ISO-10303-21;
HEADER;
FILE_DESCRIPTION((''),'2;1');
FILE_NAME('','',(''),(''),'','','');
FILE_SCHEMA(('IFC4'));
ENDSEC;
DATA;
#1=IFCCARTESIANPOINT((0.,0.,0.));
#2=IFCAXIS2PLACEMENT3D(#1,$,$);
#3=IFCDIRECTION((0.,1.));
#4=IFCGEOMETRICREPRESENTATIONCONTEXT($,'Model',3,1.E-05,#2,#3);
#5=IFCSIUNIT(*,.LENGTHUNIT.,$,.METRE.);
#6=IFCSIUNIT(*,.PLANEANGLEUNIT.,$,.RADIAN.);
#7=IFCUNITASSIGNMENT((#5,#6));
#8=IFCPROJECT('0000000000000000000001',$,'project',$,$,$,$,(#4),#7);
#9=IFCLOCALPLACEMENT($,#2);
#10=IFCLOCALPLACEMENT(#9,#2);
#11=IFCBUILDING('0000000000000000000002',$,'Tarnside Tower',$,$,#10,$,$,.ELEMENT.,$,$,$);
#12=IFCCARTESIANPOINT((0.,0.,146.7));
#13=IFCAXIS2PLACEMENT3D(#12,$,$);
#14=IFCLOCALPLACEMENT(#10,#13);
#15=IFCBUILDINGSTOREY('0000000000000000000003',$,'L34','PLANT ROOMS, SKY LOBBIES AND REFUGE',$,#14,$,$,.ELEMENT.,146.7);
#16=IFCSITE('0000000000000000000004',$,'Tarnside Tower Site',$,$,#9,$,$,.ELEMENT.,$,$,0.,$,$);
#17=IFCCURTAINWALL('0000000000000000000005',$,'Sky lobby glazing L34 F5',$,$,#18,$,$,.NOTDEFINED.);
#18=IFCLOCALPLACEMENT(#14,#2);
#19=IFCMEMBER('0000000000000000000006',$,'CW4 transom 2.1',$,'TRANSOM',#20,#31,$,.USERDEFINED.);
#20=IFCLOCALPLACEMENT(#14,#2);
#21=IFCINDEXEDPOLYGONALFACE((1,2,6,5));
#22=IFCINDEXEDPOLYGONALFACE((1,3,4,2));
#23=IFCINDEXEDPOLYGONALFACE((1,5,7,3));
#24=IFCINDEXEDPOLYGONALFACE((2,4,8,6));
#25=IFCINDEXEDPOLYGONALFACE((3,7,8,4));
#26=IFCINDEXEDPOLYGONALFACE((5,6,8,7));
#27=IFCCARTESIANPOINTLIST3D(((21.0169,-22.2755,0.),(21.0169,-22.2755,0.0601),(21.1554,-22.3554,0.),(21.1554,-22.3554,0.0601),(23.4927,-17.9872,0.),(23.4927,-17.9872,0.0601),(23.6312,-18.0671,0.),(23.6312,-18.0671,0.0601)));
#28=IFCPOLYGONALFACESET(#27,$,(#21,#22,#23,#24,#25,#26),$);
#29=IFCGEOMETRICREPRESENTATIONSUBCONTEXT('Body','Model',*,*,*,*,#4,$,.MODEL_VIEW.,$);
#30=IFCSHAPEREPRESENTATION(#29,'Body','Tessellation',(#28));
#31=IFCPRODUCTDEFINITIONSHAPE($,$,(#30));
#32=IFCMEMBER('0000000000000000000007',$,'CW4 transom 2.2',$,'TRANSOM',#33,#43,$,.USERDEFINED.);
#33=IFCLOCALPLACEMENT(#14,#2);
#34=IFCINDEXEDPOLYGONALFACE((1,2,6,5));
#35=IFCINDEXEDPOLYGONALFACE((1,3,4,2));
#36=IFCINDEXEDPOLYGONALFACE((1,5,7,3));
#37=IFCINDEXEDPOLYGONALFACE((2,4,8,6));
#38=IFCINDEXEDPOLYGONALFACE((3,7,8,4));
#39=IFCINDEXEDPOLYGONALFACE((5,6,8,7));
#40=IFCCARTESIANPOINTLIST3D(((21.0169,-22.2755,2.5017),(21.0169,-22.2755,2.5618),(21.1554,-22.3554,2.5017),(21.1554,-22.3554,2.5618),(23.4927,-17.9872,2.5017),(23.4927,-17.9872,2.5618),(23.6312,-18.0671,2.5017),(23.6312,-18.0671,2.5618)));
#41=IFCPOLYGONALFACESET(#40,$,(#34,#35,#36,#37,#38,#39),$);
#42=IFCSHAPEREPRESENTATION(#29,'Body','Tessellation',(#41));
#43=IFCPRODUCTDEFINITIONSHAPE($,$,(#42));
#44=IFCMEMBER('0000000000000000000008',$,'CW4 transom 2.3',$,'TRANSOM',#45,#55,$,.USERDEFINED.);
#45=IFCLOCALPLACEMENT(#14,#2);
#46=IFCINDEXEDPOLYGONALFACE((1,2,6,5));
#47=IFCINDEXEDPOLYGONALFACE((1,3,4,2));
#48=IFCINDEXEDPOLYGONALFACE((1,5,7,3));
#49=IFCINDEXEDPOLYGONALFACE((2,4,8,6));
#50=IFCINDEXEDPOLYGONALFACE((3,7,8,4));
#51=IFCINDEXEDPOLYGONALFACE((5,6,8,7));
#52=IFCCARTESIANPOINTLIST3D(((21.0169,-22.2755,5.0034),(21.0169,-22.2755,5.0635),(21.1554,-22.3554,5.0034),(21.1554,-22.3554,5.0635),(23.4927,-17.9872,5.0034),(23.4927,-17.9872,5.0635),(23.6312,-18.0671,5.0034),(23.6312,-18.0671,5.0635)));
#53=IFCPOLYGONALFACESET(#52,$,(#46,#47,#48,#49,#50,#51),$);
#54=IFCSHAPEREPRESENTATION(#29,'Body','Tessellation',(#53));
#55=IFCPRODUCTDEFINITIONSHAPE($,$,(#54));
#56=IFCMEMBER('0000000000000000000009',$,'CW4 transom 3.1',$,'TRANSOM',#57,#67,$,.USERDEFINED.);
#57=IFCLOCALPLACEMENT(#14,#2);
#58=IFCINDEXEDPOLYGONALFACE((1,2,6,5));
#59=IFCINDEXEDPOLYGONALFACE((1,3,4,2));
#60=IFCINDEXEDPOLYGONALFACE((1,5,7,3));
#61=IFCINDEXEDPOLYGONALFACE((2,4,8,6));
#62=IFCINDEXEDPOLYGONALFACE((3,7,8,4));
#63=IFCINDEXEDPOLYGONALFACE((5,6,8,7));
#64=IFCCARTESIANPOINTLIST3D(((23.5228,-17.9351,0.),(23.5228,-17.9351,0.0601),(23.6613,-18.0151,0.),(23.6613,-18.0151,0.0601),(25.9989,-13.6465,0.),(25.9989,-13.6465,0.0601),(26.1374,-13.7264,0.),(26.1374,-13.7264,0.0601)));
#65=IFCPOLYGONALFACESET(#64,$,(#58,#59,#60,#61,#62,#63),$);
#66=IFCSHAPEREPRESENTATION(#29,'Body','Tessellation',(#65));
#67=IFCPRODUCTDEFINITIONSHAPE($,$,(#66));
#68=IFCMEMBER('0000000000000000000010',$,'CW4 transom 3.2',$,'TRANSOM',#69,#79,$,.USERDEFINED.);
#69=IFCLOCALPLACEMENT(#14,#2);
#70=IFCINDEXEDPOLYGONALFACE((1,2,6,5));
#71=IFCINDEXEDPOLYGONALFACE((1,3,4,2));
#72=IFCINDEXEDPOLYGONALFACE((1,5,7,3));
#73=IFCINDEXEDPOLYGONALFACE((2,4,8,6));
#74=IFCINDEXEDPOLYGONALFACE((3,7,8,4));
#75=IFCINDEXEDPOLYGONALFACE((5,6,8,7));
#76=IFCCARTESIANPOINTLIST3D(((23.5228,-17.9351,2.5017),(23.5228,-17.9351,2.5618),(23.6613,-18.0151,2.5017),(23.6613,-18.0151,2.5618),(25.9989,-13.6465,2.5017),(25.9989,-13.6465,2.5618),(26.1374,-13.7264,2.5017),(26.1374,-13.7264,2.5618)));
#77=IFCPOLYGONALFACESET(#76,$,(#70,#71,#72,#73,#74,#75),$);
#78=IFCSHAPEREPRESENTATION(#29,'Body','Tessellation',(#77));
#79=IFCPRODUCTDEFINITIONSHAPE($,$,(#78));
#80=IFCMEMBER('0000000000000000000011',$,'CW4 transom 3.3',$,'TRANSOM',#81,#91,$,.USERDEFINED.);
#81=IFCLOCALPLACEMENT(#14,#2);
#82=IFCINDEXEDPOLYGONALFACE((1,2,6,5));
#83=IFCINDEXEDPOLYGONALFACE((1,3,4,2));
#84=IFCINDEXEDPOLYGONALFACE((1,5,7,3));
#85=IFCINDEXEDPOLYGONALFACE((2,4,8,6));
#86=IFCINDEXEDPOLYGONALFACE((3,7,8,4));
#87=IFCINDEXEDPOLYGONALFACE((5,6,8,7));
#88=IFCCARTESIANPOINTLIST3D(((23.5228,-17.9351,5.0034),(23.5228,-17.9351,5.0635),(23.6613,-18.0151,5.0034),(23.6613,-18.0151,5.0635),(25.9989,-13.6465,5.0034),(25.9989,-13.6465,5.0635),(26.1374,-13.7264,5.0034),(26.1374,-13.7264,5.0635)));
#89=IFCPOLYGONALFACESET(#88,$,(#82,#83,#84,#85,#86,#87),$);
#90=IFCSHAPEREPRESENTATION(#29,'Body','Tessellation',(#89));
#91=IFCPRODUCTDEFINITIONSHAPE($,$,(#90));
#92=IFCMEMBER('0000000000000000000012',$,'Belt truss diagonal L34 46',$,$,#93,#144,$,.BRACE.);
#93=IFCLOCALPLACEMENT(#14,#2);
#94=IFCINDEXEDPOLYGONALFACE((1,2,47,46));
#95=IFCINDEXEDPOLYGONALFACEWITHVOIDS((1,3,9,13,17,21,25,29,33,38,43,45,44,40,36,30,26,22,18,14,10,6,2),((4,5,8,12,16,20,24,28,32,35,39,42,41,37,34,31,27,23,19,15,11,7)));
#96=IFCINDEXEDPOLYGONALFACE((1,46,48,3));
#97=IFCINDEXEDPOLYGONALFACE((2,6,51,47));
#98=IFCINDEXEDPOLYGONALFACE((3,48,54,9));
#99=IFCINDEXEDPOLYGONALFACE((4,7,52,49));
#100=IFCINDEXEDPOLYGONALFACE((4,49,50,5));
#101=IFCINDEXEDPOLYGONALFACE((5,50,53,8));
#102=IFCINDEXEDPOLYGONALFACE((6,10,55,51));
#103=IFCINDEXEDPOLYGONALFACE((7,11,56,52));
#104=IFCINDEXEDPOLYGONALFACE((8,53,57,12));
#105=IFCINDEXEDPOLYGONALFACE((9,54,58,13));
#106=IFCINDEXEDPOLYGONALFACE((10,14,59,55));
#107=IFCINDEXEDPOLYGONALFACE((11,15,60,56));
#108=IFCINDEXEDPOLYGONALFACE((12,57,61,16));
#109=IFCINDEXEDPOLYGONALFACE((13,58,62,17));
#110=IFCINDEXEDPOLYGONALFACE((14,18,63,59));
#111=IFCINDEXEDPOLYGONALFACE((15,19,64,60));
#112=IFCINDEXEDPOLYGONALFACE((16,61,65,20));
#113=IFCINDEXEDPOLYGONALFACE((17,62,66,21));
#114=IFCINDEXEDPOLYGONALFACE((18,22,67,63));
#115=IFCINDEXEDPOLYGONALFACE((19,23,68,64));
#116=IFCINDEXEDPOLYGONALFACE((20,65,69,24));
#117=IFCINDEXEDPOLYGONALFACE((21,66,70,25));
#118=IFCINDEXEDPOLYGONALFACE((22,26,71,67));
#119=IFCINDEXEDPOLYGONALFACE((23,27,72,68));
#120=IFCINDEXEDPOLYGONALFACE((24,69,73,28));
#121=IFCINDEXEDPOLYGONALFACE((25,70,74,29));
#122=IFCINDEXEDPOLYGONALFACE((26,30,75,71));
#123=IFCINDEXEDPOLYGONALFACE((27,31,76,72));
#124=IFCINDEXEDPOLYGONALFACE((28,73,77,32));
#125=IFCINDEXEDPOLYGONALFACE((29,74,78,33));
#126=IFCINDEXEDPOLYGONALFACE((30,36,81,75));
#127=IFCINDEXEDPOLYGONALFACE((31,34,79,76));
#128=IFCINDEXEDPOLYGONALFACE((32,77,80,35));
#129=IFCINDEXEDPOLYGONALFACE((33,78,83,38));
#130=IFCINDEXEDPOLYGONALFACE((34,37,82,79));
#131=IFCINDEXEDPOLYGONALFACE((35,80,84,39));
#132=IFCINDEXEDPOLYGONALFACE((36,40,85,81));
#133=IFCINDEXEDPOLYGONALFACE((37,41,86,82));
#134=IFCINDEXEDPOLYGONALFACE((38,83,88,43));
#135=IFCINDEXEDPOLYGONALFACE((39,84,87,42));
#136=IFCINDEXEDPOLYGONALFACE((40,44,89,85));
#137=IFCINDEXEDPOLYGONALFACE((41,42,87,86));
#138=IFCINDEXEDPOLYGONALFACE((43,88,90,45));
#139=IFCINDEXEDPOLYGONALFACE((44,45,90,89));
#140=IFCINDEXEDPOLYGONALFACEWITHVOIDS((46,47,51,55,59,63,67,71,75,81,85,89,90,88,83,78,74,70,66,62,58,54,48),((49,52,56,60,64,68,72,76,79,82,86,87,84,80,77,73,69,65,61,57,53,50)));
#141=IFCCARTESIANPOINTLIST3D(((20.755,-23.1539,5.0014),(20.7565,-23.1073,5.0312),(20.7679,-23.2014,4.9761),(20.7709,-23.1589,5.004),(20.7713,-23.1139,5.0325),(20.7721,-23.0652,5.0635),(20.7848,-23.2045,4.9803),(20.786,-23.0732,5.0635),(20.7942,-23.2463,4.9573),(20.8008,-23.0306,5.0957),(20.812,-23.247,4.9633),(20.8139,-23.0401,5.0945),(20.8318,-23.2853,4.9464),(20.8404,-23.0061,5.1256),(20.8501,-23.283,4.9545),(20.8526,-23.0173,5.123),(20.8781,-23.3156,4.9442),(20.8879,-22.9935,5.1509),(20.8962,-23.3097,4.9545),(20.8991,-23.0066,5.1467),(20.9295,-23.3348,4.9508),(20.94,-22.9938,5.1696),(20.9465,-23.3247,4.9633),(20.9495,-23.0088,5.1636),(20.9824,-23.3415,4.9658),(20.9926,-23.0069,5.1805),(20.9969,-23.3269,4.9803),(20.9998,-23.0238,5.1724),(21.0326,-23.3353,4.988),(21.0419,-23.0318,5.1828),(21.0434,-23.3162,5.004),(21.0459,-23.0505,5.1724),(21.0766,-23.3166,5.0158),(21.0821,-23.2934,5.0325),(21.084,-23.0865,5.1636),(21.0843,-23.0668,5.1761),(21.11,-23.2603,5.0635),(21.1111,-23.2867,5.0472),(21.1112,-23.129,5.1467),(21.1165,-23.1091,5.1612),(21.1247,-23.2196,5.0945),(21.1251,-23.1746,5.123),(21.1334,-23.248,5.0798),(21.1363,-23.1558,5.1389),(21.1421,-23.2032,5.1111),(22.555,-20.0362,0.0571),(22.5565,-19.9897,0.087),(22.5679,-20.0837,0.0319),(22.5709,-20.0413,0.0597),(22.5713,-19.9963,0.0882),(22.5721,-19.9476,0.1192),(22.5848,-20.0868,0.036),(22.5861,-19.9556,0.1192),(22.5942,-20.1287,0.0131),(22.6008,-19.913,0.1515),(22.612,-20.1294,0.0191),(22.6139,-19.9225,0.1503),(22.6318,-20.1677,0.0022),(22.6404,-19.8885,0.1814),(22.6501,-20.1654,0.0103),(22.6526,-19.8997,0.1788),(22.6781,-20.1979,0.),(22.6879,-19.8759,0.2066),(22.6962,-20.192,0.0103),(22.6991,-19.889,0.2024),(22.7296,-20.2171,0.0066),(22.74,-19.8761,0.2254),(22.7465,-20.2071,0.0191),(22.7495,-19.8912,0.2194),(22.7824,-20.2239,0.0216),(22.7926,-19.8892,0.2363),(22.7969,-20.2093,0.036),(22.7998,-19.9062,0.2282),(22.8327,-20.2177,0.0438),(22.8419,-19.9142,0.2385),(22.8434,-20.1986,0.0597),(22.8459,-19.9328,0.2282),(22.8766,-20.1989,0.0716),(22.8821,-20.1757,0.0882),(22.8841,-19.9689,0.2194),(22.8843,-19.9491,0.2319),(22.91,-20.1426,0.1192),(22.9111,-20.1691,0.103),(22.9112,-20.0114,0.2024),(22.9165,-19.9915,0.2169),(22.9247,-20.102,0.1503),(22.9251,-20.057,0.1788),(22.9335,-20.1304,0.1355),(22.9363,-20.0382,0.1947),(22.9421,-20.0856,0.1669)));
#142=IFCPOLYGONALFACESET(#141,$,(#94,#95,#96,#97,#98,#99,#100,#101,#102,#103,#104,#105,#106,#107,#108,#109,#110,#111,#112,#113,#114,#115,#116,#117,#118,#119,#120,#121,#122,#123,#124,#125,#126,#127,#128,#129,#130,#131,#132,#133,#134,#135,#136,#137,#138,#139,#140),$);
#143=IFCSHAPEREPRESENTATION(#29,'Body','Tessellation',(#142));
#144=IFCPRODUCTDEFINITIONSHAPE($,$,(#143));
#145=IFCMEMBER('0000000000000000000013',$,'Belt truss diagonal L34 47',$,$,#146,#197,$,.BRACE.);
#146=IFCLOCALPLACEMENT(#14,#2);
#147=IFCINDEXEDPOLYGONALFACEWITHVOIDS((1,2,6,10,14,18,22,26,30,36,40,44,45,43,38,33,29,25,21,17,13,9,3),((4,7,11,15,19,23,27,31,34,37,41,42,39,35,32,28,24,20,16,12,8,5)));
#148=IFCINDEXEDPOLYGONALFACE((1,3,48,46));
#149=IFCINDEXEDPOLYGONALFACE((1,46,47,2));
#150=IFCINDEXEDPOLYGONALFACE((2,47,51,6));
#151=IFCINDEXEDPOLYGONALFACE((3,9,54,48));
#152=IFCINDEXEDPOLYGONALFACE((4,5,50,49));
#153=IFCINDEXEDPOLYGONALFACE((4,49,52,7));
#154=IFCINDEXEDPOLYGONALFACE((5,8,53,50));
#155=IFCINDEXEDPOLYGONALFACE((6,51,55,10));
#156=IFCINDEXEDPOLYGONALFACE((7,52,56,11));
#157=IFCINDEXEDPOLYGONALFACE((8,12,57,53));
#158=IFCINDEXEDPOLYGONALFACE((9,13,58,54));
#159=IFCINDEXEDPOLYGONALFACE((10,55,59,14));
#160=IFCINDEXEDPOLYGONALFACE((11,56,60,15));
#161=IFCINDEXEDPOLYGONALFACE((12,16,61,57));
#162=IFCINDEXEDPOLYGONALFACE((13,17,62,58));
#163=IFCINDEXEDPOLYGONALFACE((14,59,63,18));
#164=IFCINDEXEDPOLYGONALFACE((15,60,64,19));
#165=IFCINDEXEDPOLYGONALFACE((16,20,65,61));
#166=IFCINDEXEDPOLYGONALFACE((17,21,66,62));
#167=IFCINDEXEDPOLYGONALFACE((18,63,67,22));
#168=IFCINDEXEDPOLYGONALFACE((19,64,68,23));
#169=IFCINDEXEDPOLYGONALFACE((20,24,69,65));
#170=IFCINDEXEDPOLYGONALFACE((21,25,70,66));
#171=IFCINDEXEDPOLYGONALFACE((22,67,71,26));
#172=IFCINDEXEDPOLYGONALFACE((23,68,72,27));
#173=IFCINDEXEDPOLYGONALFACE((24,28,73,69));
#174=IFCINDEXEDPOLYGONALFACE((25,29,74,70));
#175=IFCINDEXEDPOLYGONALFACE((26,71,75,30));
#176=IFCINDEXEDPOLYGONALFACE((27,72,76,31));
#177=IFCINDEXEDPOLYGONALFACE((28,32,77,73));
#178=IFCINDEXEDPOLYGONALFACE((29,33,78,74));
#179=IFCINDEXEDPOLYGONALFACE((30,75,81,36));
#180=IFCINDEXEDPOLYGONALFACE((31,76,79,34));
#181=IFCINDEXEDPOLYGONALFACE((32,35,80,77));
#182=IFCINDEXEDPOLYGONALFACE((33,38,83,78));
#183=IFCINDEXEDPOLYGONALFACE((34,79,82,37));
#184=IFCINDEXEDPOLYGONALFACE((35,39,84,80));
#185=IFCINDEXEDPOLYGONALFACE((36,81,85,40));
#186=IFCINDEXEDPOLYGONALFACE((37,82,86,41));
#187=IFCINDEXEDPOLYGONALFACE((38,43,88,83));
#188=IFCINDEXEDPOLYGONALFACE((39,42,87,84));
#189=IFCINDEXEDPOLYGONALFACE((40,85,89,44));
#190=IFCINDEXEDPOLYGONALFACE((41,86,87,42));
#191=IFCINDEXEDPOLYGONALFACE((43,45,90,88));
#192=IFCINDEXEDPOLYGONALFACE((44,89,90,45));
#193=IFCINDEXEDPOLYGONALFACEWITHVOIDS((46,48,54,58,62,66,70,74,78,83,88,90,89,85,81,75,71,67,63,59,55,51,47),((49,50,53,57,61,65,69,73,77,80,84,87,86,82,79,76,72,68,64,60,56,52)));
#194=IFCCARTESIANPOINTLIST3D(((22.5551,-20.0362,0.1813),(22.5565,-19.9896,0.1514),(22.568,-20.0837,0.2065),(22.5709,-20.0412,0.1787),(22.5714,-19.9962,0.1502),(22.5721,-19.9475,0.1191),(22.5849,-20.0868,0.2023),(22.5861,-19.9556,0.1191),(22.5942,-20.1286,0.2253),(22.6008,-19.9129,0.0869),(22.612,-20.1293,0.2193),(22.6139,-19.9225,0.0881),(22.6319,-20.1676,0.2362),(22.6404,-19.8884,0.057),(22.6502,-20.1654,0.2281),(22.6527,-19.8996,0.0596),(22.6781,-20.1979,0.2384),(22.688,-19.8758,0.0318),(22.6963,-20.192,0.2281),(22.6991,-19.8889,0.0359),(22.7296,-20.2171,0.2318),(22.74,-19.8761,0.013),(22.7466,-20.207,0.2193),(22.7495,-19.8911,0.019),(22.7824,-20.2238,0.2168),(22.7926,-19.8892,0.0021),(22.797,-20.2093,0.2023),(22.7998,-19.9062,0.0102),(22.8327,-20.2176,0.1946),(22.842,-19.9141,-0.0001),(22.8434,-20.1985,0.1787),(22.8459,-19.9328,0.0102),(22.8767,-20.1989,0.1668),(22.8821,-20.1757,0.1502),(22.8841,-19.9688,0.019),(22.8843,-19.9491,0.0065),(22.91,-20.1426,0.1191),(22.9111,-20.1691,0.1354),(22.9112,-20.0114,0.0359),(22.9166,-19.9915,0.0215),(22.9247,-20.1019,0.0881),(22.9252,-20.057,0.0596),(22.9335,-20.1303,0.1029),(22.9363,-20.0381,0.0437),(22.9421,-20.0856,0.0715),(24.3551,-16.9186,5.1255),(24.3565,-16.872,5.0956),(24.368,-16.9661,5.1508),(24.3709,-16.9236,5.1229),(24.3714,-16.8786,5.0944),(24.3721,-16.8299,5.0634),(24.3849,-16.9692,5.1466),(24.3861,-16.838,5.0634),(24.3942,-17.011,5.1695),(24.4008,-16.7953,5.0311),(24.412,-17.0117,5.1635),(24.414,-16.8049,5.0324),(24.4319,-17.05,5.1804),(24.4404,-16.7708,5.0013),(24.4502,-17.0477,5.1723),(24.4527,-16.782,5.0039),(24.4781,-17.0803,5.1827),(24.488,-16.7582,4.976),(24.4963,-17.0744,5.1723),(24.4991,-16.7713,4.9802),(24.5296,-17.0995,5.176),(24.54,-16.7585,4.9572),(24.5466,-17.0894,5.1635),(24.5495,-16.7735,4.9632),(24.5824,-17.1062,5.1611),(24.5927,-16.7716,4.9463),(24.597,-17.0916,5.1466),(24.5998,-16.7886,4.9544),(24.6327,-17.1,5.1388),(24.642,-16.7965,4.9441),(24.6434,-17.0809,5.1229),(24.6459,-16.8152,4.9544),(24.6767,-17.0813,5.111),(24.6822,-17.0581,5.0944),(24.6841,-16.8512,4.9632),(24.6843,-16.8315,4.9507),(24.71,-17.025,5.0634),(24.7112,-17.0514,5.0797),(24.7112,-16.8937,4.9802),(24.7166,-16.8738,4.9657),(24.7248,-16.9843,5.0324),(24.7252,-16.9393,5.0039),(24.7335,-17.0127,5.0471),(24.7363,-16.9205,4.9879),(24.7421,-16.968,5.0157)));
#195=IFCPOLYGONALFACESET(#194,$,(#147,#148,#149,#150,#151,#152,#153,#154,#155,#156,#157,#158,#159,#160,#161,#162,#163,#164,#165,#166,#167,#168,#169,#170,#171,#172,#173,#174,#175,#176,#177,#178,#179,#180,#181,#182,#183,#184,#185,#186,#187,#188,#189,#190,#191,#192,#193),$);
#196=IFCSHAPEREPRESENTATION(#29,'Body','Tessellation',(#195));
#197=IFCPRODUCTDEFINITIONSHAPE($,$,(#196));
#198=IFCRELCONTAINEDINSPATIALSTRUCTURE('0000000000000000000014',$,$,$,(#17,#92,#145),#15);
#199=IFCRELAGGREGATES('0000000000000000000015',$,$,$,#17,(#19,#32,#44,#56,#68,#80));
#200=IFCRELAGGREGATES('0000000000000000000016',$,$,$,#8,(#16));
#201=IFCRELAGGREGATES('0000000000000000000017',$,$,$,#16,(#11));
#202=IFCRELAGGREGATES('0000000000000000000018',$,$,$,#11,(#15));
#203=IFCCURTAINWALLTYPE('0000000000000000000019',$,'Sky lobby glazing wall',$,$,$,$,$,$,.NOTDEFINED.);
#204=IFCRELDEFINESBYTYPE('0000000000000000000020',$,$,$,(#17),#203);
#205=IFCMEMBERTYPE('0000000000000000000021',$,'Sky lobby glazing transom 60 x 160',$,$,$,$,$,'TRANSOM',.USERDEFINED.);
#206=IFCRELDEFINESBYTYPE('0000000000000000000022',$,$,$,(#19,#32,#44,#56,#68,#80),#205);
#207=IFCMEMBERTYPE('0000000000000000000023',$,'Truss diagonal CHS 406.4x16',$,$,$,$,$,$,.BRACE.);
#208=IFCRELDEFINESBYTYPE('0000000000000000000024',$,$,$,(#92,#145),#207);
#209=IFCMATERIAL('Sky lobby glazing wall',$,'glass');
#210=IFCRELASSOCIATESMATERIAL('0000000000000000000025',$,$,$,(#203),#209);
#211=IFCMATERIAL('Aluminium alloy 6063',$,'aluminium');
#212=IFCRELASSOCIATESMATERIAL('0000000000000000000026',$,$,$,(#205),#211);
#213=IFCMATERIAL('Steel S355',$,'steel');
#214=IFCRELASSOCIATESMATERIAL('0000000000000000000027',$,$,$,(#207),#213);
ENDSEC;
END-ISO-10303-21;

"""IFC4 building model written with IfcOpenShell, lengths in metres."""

from ifc_helpers import new_model, si_unit, direction, frame, origin, origin_2d, place, context, subcontext, project, spatial, rectangle, hollow_circle, extrude, material, material_profile, profile_set, type_object, element, aggregate, save


model = new_model("IFC4")

# Units and contexts
model_context = context("Model", 3, precision=1e-05, world=origin(), true_north=direction((0.0, 1.0)))
body_context = subcontext(model_context, "Body", "Model", "MODEL_VIEW")
ifc_project = project(units=[si_unit("LENGTHUNIT", "METRE"), si_unit("PLANEANGLEUNIT", "RADIAN")], contexts=[model_context])

# Site, building, storey
site_placement = place(None, origin())
site = spatial("IfcSite", under=ifc_project, at=site_placement, Name="Tarnside Tower Site", CompositionType="ELEMENT", RefElevation=0.0)
building_placement = place(site_placement, origin())
building = spatial("IfcBuilding", under=site, at=building_placement, Name="Tarnside Tower", CompositionType="ELEMENT")
storey_placement = place(building_placement, frame((0.0, 0.0, 146.7)))
storey = spatial("IfcBuildingStorey", under=building, at=storey_placement, Name="L34", Description="PLANT ROOMS, SKY LOBBIES AND REFUGE", CompositionType="ELEMENT", Elevation=146.7)

# Shared definitions
ifc_material_1 = material(Name="Steel S355", Category="steel")

# Curtain wall, members
ifc_material_2 = material(Name="Sky lobby glazing wall", Category="glass")
curtain_wall_type = type_object("IfcCurtainWallType", Name="Sky lobby glazing wall", PredefinedType="NOTDEFINED", material=ifc_material_2)
curtain_wall_placement = place(storey_placement, origin())
curtain_wall = element("IfcCurtainWall", 1, at=curtain_wall_placement, inside=storey, type_object=curtain_wall_type, Name="Sky lobby glazing L34 F5", PredefinedType="NOTDEFINED")
ifc_material_3 = material(Name="Aluminium alloy 6063", Category="aluminium")
ifc_material_profile_1 = material_profile(ifc_material_3, rectangle(XDim=0.1599, YDim=0.0601, at=origin_2d()), Name="Sky lobby glazing transom 60 x 160")
ifc_profile_set_1 = profile_set([ifc_material_profile_1], Name="Aluminium alloy 6063")
member_type_1 = type_object("IfcMemberType", Name="Sky lobby glazing transom 60 x 160", ElementType="TRANSOM", PredefinedType="USERDEFINED", material=ifc_profile_set_1)
member_1_placement = place(storey_placement, frame((21.0862, -22.3154, 0.03), z_axis=(0.499994, 0.866029, 0.0), x_axis=(-0.866029, 0.499994, 0.0)))
member_1 = element("IfcMember", 2, at=member_1_placement, type_object=member_type_1, Name="CW4 transom 2.1", ObjectType="TRANSOM", PredefinedType="USERDEFINED", context=body_context, shape_type="SweptSolid", body=[
    extrude(rectangle(XDim=0.1599, YDim=0.0601, at=origin_2d()), origin(), (0.0, 0.0, 1.0), 4.9517),
])
member_2_placement = place(storey_placement, frame((21.0862, -22.3154, 2.5317), z_axis=(0.499994, 0.866029, 0.0), x_axis=(-0.866029, 0.499994, 0.0)))
member_2 = element("IfcMember", 3, at=member_2_placement, type_object=member_type_1, Name="CW4 transom 2.2", ObjectType="TRANSOM", PredefinedType="USERDEFINED", context=body_context, shape_type="SweptSolid", body=[
    extrude(rectangle(XDim=0.1599, YDim=0.0601, at=origin_2d()), origin(), (0.0, 0.0, 1.0), 4.9517),
])
member_3_placement = place(storey_placement, frame((21.0862, -22.3154, 5.0334), z_axis=(0.499994, 0.866029, 0.0), x_axis=(-0.866029, 0.499994, 0.0)))
member_3 = element("IfcMember", 4, at=member_3_placement, type_object=member_type_1, Name="CW4 transom 2.3", ObjectType="TRANSOM", PredefinedType="USERDEFINED", context=body_context, shape_type="SweptSolid", body=[
    extrude(rectangle(XDim=0.1599, YDim=0.0601, at=origin_2d()), origin(), (0.0, 0.0, 1.0), 4.9517),
])
member_4_placement = place(storey_placement, frame((23.592, -17.9751, 0.03), z_axis=(0.50001, 0.86602, 0.0), x_axis=(-0.86602, 0.50001, 0.0)))
member_4 = element("IfcMember", 5, at=member_4_placement, type_object=member_type_1, Name="CW4 transom 3.1", ObjectType="TRANSOM", PredefinedType="USERDEFINED", context=body_context, shape_type="SweptSolid", body=[
    extrude(rectangle(XDim=0.1599, YDim=0.0601, at=origin_2d()), origin(), (0.0, 0.0, 1.0), 4.9521),
])
member_5_placement = place(storey_placement, frame((23.592, -17.9751, 2.5317), z_axis=(0.50001, 0.86602, 0.0), x_axis=(-0.86602, 0.50001, 0.0)))
member_5 = element("IfcMember", 6, at=member_5_placement, type_object=member_type_1, Name="CW4 transom 3.2", ObjectType="TRANSOM", PredefinedType="USERDEFINED", context=body_context, shape_type="SweptSolid", body=[
    extrude(rectangle(XDim=0.1599, YDim=0.0601, at=origin_2d()), origin(), (0.0, 0.0, 1.0), 4.9521),
])
member_6_placement = place(storey_placement, frame((23.592, -17.9751, 5.0334), z_axis=(0.50001, 0.86602, 0.0), x_axis=(-0.86602, 0.50001, 0.0)))
member_6 = element("IfcMember", 7, at=member_6_placement, type_object=member_type_1, Name="CW4 transom 3.3", ObjectType="TRANSOM", PredefinedType="USERDEFINED", context=body_context, shape_type="SweptSolid", body=[
    extrude(rectangle(XDim=0.1599, YDim=0.0601, at=origin_2d()), origin(), (0.0, 0.0, 1.0), 4.9521),
])

# Members
ifc_material_profile_2 = material_profile(ifc_material_1, hollow_circle(Radius=0.2031, WallThickness=0.0161, at=origin_2d()), Name="CHS 406.4x16")
ifc_profile_set_2 = profile_set([ifc_material_profile_2], Name="Steel S355")
member_type_2 = type_object("IfcMemberType", Name="Truss diagonal CHS 406.4x16", PredefinedType="BRACE", material=ifc_profile_set_2)
for number, where, z_axis, x_axis, name in (
    (8, (20.948, -23.1667, 5.0635), (0.294314, 0.50975, -0.808415), (-0.866018, 0.500012, 0.0), "Belt truss diagonal L34 46"),
    (9, (22.748, -20.0491, 0.1191), (0.294314, 0.50975, 0.808415), (-0.866018, 0.500012, 0.0), "Belt truss diagonal L34 47"),
):
    element("IfcMember", number, at=place(storey_placement, frame(where, z_axis=z_axis, x_axis=x_axis)), inside=storey, type_object=member_type_2, Name=name, PredefinedType="BRACE", context=body_context, shape_type="SweptSolid", body=[
        extrude(hollow_circle(Radius=0.2031, WallThickness=0.0161, at=origin_2d()), origin(), (0.0, 0.0, 1.0), 6.116),
    ])

aggregate(curtain_wall, [member_1, member_2, member_3, member_4, member_5, member_6])

save(model, "model.ifc")
